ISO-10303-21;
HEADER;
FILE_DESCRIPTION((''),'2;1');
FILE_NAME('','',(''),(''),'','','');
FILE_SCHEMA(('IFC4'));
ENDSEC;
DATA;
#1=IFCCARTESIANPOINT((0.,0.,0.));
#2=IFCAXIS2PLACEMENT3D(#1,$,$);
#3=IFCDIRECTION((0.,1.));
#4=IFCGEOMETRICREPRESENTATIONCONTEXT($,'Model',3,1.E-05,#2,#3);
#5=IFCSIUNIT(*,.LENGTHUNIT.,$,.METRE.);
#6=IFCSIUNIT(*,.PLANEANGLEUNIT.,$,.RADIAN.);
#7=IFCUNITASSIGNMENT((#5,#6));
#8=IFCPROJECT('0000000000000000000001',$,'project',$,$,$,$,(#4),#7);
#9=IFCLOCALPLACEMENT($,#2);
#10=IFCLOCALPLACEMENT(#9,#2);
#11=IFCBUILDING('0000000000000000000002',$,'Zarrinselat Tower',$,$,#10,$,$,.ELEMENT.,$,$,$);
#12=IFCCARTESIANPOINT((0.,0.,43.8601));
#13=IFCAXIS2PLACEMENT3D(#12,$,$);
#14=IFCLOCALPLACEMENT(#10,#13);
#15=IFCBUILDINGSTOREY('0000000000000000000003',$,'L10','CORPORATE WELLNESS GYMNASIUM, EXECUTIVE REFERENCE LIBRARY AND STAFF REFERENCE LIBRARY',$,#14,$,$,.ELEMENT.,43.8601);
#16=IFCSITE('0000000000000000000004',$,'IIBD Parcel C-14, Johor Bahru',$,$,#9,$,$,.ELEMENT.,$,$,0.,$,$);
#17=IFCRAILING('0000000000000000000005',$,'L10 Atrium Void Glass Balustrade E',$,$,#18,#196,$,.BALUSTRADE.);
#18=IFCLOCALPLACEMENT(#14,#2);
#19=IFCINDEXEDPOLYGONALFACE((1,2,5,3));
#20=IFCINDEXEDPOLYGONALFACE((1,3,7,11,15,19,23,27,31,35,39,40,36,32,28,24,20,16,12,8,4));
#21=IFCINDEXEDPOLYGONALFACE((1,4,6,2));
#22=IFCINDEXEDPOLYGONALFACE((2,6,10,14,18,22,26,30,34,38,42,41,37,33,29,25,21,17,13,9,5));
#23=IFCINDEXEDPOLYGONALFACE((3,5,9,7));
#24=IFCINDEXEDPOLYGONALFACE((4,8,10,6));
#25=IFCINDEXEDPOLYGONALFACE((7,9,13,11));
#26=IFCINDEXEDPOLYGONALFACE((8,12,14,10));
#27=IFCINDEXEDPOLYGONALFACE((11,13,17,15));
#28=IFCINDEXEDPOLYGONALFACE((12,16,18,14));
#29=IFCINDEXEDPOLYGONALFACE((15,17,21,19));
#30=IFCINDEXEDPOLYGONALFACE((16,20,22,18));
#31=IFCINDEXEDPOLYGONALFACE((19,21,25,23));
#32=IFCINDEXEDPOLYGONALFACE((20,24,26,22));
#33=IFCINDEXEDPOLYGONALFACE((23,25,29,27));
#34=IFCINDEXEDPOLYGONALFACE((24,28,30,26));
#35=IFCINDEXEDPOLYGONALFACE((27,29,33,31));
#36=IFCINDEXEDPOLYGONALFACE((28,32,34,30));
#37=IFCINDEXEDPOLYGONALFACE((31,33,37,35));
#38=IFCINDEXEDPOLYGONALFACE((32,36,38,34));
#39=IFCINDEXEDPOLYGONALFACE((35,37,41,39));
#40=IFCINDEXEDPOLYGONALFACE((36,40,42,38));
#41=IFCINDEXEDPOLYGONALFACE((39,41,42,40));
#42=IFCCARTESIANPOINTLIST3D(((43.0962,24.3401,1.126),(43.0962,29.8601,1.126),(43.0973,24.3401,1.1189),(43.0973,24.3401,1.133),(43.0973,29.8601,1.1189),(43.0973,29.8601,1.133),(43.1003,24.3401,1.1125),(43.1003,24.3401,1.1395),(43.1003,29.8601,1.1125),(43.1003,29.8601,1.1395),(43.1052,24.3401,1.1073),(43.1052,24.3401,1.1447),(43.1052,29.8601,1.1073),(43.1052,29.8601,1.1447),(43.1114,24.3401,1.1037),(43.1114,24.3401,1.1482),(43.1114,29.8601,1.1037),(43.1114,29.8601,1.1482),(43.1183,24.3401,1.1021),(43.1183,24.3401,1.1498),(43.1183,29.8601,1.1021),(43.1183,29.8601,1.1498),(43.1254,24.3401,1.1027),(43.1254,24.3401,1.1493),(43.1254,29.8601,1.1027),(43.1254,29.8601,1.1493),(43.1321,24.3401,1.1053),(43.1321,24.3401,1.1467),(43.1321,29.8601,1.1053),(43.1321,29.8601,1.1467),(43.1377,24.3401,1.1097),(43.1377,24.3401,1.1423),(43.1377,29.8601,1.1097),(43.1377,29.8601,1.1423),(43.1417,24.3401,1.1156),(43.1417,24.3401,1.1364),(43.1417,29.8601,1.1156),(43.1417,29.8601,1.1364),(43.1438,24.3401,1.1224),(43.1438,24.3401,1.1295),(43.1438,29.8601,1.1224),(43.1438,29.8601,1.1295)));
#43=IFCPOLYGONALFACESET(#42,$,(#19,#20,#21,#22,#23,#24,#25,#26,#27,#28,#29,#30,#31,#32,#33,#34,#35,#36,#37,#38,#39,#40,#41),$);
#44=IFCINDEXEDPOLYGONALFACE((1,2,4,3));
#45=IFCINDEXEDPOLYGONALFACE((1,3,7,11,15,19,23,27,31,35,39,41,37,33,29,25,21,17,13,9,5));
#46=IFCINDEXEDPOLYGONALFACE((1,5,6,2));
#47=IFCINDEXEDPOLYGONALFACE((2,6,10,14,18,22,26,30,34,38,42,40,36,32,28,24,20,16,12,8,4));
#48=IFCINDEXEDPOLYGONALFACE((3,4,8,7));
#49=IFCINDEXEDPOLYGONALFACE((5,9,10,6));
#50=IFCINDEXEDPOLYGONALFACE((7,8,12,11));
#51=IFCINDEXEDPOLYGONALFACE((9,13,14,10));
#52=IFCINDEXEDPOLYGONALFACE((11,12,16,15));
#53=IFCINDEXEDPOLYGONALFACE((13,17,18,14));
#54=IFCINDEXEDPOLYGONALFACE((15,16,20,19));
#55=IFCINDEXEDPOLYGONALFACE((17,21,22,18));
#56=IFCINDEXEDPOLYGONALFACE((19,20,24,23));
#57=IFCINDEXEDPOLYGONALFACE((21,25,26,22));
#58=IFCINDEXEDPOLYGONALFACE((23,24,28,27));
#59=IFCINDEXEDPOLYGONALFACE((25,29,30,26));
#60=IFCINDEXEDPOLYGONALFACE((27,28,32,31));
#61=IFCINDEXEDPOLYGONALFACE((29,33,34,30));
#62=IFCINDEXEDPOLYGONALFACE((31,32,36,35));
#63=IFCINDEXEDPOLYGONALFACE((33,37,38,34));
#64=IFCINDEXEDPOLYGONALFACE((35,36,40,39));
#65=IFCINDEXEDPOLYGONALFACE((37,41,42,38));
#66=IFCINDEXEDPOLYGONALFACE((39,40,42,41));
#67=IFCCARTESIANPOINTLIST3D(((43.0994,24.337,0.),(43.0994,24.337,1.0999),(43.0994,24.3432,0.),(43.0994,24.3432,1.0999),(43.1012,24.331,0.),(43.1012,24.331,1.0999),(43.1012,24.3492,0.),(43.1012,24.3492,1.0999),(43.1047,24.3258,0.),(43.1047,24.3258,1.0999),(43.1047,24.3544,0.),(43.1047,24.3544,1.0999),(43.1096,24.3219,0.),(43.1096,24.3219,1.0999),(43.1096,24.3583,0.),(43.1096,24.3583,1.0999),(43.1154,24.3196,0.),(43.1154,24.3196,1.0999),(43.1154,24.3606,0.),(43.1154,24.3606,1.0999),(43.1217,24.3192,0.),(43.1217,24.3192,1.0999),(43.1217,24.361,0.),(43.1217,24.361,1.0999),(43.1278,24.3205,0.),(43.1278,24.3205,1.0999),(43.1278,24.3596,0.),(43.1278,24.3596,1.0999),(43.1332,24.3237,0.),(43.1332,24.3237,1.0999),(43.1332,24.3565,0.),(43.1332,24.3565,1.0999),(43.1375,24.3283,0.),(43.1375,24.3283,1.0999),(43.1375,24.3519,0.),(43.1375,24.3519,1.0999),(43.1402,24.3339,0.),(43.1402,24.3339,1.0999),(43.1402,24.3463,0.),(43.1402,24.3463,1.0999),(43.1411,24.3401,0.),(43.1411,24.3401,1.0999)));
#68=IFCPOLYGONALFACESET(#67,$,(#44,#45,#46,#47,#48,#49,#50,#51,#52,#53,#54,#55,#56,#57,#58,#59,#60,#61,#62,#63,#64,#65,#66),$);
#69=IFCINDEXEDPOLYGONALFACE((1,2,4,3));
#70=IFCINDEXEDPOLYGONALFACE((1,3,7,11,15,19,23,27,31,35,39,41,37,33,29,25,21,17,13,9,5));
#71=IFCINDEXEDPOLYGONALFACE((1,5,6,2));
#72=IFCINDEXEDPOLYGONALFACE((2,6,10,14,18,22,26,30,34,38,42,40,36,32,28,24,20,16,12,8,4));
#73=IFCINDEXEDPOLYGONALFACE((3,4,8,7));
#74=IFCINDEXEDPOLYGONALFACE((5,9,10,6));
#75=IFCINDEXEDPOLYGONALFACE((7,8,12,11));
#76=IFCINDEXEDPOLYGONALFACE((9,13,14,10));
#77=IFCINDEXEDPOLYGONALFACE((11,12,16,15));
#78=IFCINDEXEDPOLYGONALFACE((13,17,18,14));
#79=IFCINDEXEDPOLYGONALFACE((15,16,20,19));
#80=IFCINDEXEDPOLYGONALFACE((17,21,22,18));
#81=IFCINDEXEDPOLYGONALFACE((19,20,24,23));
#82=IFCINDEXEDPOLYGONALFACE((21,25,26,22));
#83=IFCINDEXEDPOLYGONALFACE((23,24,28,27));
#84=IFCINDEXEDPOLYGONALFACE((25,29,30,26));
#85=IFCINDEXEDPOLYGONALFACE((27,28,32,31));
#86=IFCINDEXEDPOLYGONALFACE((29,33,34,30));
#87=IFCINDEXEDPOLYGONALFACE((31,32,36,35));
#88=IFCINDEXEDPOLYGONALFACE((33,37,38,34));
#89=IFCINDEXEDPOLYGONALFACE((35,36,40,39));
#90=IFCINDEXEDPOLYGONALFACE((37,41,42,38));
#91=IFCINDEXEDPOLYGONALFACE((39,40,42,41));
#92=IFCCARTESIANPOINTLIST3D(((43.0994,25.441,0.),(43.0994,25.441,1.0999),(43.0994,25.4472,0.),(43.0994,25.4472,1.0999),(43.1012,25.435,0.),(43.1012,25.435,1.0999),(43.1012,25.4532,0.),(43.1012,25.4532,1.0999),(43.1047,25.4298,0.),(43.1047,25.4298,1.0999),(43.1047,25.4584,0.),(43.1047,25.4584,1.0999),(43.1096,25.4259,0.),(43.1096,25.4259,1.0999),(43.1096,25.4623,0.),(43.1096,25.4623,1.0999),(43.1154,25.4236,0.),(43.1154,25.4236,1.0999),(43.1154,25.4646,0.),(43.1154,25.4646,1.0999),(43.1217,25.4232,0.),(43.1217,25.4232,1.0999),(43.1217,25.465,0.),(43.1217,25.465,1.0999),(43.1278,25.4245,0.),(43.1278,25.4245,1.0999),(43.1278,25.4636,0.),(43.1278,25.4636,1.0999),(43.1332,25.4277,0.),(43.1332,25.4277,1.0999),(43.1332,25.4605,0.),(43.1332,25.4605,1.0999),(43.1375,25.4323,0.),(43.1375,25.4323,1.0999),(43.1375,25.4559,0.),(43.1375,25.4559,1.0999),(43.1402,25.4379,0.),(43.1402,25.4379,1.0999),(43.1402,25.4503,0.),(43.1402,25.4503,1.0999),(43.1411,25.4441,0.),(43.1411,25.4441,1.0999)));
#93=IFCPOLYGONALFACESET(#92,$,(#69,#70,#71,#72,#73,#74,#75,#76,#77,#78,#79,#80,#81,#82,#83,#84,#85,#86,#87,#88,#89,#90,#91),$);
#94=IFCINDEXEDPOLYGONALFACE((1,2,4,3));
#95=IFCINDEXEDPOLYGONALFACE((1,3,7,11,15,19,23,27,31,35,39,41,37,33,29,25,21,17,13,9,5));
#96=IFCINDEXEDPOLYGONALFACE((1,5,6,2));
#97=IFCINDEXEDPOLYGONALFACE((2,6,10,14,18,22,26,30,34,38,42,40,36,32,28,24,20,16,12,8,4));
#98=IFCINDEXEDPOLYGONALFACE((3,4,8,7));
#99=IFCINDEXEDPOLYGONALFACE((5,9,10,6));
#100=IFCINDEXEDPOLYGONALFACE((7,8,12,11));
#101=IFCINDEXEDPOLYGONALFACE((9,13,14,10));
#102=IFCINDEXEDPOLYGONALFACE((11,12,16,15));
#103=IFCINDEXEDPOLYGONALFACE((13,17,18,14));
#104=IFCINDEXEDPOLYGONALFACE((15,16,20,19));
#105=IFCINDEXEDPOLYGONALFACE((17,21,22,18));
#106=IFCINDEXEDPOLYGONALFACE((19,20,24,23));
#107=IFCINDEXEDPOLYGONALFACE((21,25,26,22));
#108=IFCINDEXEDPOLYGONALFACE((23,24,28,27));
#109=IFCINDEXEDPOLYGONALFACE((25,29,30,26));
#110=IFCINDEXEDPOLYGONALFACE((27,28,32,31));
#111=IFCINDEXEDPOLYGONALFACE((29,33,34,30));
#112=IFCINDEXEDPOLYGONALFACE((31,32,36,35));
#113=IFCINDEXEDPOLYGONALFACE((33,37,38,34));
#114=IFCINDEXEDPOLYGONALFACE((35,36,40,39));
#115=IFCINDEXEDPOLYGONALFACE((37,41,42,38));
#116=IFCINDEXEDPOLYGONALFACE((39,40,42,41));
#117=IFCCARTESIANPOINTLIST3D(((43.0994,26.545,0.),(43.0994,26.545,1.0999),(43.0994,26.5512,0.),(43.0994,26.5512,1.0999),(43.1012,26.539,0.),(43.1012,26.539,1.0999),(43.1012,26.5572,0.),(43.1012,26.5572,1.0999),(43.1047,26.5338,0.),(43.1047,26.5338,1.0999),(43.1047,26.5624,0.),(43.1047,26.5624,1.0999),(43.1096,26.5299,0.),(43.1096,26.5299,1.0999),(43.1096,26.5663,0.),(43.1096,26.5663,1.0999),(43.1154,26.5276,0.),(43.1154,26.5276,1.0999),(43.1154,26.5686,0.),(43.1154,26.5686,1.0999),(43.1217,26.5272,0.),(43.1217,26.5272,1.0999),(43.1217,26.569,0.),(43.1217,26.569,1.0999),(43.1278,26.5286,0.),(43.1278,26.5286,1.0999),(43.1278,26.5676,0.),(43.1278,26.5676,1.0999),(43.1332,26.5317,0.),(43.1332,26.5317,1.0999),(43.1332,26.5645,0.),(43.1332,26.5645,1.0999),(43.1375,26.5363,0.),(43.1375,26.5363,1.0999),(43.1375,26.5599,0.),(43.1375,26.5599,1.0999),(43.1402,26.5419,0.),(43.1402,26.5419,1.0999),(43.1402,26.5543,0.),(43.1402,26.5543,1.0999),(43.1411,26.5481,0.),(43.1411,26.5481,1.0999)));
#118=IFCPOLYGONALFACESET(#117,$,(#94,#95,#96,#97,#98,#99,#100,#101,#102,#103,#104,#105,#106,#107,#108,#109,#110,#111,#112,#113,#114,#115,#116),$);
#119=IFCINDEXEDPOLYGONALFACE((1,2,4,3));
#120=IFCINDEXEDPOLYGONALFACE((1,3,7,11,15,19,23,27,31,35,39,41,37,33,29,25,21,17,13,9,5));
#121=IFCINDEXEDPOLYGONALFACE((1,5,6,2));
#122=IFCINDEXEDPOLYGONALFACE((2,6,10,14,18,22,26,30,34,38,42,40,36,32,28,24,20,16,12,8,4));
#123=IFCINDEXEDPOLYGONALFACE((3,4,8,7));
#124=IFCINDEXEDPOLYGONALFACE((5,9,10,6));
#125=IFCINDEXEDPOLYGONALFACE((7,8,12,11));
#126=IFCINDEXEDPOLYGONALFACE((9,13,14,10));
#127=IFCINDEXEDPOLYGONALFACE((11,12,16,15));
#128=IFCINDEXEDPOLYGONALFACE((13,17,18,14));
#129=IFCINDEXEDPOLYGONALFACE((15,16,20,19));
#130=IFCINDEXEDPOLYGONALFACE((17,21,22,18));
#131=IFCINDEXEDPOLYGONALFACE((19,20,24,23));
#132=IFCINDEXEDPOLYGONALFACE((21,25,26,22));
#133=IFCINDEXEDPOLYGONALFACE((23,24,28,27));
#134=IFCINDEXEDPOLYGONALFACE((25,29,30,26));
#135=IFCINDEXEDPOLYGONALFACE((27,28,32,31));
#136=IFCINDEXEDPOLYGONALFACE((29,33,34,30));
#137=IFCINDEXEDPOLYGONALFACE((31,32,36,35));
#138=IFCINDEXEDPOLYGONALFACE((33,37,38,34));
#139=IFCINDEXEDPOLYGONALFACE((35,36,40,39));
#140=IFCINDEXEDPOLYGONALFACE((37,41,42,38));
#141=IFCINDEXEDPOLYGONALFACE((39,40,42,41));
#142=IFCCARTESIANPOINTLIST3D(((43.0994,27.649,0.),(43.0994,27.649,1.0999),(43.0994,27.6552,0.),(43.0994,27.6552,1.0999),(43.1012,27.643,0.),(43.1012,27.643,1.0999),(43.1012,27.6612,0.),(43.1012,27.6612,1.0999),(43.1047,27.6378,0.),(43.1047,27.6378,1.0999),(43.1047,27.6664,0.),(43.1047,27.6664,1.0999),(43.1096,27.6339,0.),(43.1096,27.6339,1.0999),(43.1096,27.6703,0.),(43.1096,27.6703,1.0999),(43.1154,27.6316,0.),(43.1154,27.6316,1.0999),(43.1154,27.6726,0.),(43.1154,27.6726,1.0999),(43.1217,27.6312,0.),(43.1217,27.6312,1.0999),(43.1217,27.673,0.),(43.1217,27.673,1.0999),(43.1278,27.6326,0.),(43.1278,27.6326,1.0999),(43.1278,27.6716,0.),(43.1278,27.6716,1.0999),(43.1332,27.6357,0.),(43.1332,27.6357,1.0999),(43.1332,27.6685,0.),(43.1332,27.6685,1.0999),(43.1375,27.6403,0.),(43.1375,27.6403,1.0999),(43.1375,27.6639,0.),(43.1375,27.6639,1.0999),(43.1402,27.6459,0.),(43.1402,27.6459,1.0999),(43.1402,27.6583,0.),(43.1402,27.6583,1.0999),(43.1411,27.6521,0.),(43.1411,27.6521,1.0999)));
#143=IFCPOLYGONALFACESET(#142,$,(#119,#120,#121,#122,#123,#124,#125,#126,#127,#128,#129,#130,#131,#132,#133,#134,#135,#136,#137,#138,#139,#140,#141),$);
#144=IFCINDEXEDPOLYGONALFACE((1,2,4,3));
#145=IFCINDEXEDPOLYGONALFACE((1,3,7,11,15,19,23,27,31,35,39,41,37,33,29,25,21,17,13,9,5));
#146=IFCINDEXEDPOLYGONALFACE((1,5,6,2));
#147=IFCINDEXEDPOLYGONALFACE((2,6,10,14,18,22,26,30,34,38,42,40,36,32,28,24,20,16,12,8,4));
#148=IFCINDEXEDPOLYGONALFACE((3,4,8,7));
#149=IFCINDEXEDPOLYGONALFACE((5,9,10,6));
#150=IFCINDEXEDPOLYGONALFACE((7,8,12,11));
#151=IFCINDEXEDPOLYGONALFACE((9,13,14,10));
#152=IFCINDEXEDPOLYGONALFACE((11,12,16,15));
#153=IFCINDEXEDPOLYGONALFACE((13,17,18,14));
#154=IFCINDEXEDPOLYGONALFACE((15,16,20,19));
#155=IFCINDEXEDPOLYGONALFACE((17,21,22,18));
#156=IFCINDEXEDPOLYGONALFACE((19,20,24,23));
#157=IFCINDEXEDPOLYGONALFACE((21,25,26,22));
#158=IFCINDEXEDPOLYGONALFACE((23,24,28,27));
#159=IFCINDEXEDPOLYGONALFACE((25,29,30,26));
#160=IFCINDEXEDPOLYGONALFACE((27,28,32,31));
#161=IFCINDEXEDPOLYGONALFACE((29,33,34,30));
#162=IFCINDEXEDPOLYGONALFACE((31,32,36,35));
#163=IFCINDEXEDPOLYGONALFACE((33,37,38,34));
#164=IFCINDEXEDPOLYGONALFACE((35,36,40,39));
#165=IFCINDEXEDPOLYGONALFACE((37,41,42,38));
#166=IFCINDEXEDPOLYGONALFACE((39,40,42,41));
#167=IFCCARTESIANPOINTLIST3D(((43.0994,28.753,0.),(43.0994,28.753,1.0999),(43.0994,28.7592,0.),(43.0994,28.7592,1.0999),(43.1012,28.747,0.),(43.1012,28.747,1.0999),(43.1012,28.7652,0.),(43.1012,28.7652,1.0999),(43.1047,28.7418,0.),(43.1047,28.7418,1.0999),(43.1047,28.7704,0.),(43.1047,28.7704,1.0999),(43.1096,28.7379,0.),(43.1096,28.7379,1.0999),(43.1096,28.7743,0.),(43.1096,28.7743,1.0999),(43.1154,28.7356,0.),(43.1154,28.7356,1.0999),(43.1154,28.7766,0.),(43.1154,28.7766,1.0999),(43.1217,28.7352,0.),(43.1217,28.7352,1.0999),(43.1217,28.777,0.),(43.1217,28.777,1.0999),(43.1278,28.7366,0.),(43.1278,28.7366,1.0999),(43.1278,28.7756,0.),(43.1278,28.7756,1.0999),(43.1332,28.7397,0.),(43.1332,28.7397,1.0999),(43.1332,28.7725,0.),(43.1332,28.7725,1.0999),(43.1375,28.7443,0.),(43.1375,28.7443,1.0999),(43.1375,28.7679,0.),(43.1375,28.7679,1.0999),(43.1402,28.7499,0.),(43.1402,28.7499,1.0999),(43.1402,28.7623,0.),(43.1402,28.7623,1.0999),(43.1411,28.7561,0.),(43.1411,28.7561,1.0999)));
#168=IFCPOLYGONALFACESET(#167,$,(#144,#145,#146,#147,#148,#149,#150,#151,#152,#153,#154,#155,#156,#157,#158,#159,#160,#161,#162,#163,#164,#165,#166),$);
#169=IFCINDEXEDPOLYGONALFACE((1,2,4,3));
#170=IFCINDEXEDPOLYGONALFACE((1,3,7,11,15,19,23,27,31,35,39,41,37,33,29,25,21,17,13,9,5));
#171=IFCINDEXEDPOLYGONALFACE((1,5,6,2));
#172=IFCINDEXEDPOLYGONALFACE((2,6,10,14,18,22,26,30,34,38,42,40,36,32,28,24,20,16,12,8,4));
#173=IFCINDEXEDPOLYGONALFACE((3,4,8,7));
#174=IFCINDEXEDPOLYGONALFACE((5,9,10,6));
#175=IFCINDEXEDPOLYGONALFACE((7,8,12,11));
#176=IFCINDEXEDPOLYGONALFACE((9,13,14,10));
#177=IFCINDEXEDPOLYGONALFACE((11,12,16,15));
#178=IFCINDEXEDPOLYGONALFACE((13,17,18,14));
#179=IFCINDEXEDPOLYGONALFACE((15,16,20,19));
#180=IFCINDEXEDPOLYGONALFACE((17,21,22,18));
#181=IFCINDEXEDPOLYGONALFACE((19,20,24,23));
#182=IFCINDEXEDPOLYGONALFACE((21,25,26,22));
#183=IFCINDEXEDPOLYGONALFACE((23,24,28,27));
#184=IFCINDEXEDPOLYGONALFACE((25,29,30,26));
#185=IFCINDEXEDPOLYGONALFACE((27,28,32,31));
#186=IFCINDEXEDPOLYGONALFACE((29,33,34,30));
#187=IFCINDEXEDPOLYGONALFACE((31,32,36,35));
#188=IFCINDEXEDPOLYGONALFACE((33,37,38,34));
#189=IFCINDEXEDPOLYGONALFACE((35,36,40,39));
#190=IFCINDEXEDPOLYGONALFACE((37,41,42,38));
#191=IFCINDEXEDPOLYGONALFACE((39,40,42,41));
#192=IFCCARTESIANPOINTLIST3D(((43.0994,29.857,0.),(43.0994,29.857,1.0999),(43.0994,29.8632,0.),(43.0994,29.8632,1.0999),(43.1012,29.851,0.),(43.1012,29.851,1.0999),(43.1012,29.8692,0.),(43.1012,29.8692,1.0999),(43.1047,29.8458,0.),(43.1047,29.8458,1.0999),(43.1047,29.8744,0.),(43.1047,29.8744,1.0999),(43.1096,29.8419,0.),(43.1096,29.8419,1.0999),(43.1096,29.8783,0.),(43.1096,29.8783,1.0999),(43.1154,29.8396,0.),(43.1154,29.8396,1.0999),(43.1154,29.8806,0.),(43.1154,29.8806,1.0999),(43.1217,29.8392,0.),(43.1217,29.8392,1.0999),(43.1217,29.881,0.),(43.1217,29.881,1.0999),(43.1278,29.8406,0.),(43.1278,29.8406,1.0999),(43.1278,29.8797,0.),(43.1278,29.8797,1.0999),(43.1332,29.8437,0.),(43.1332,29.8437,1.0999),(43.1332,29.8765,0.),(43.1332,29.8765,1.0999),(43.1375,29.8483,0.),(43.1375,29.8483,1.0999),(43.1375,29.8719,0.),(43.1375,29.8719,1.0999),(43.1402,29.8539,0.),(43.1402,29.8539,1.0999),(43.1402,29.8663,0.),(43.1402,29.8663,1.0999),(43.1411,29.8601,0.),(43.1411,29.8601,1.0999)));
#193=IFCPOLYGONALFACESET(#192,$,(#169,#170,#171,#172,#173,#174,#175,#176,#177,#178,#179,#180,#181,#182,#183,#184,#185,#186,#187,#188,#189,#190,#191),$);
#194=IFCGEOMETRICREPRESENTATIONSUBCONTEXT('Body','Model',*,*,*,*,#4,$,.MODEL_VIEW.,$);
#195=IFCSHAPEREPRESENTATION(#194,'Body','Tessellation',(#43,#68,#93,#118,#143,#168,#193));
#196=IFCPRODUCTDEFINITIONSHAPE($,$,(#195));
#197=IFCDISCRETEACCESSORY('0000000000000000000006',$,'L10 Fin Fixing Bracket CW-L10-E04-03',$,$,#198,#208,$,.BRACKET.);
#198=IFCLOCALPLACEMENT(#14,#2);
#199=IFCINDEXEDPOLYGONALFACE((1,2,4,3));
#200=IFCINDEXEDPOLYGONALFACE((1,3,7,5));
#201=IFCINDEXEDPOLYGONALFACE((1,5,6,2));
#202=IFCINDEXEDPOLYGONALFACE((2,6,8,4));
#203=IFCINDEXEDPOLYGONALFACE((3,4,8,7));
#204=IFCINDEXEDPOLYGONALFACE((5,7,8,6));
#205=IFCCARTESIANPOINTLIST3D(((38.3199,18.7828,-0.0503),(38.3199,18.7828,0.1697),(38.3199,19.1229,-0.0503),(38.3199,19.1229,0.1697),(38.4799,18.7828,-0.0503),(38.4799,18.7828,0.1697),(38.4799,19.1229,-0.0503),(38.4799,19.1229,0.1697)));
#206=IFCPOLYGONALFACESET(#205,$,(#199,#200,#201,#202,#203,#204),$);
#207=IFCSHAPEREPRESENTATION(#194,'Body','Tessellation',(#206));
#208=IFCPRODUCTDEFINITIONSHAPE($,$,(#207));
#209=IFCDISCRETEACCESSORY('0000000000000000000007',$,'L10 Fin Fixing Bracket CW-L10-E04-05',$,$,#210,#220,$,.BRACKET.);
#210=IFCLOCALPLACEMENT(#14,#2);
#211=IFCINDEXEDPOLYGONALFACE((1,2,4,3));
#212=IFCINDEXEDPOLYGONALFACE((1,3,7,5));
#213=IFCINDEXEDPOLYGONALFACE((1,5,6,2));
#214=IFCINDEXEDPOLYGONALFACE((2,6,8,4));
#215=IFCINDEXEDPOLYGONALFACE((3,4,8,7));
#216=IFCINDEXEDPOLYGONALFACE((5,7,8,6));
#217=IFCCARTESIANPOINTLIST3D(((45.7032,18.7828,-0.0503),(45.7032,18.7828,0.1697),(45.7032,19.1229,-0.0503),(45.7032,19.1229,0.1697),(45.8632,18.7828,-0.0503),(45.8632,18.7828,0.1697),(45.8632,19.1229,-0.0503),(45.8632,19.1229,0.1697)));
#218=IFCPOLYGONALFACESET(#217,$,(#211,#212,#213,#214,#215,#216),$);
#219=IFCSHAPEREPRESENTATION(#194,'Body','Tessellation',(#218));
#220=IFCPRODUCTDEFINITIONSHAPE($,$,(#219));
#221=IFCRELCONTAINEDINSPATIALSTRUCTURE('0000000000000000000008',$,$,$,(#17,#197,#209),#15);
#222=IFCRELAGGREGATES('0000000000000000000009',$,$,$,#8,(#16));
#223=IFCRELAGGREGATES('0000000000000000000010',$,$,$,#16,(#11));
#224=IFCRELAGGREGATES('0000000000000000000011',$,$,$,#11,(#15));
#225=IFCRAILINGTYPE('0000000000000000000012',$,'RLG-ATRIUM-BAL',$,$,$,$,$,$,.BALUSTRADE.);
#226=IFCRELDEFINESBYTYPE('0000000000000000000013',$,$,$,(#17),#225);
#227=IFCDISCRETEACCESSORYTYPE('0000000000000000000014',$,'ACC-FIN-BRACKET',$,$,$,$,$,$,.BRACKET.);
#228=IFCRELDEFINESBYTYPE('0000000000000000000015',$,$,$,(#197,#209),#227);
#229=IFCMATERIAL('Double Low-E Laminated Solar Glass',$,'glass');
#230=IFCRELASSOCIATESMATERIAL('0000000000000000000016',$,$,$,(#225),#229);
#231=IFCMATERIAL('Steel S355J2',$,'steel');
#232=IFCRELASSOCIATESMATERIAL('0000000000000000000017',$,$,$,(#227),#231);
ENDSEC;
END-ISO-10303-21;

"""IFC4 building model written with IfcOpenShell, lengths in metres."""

from ifc_helpers import new_model, si_unit, direction, frame, origin, origin_2d, place, context, subcontext, project, spatial, rectangle, circle, extrude, material, type_object, element, save


model = new_model("IFC4")

# Units and contexts
model_context = context("Model", 3, precision=1e-05, world=origin(), true_north=direction((0.0, 1.0)))
body_context = subcontext(model_context, "Body", "Model", "MODEL_VIEW")
ifc_project = project(units=[si_unit("LENGTHUNIT", "METRE"), si_unit("PLANEANGLEUNIT", "RADIAN")], contexts=[model_context])

# Site, building, storey
site_placement = place(None, origin())
site = spatial("IfcSite", under=ifc_project, at=site_placement, Name="IIBD Parcel C-14, Johor Bahru", CompositionType="ELEMENT", RefElevation=0.0)
building_placement = place(site_placement, origin())
building = spatial("IfcBuilding", under=site, at=building_placement, Name="Zarrinselat Tower", CompositionType="ELEMENT")
storey_placement = place(building_placement, frame((0.0, 0.0, 43.8601)))
storey = spatial("IfcBuildingStorey", under=building, at=storey_placement, Name="L10", Description="CORPORATE WELLNESS GYMNASIUM, EXECUTIVE REFERENCE LIBRARY AND STAFF REFERENCE LIBRARY", CompositionType="ELEMENT", Elevation=43.8601)

# Railing
ifc_material_1 = material(Name="Double Low-E Laminated Solar Glass", Category="glass")
railing_type = type_object("IfcRailingType", Name="RLG-ATRIUM-BAL", PredefinedType="BALUSTRADE", material=ifc_material_1)
railing_1_placement = place(storey_placement, frame((43.1201, 24.3401, 0.0)))
element("IfcRailing", 1, at=railing_1_placement, inside=storey, type_object=railing_type, Name="L10 Atrium Void Glass Balustrade E", PredefinedType="BALUSTRADE", context=body_context, shape_type="SweptSolid", body=[
    extrude(circle(Radius=0.0239, at=origin_2d()), frame((0.0, 0.0, 1.126), z_axis=(0.0, 1.0, 0.0), x_axis=(-1.0, 0.0, 0.0)), (0.0, 0.0, 1.0), 5.52),
    extrude(circle(Radius=0.021, at=origin_2d()), origin(), (0.0, 0.0, 1.0), 1.0999),
    extrude(circle(Radius=0.021, at=origin_2d()), frame((0.0, 1.104, 0.0)), (0.0, 0.0, 1.0), 1.0999),
    extrude(circle(Radius=0.021, at=origin_2d()), frame((0.0, 2.208, 0.0)), (0.0, 0.0, 1.0), 1.0999),
    extrude(circle(Radius=0.021, at=origin_2d()), frame((0.0, 3.312, 0.0)), (0.0, 0.0, 1.0), 1.0999),
    extrude(circle(Radius=0.021, at=origin_2d()), frame((0.0, 4.416, 0.0)), (0.0, 0.0, 1.0), 1.0999),
    extrude(circle(Radius=0.021, at=origin_2d()), frame((0.0, 5.52, 0.0)), (0.0, 0.0, 1.0), 1.0999),
])

# Discrete accessories
ifc_material_2 = material(Name="Steel S355J2", Category="steel")
discrete_accessory_type = type_object("IfcDiscreteAccessoryType", Name="ACC-FIN-BRACKET", PredefinedType="BRACKET", material=ifc_material_2)
for number, where, z_axis, x_axis, name in (
    (2, (38.3999, 18.9529, -0.0503), (0.0, 0.0, 1.0), (0.0, -1.0, 0.0), "L10 Fin Fixing Bracket CW-L10-E04-03"),
    (3, (45.7832, 18.9529, -0.0503), (0.0, 0.0, 1.0), (0.0, -1.0, 0.0), "L10 Fin Fixing Bracket CW-L10-E04-05"),
):
    element("IfcDiscreteAccessory", number, at=place(storey_placement, frame(where, z_axis=z_axis, x_axis=x_axis)), inside=storey, type_object=discrete_accessory_type, Name=name, PredefinedType="BRACKET", context=body_context, shape_type="SweptSolid", body=[
        extrude(rectangle(XDim=0.3401, YDim=0.1599, at=origin_2d()), origin(), (0.0, 0.0, 1.0), 0.22),
    ])

save(model, "model.ifc")
